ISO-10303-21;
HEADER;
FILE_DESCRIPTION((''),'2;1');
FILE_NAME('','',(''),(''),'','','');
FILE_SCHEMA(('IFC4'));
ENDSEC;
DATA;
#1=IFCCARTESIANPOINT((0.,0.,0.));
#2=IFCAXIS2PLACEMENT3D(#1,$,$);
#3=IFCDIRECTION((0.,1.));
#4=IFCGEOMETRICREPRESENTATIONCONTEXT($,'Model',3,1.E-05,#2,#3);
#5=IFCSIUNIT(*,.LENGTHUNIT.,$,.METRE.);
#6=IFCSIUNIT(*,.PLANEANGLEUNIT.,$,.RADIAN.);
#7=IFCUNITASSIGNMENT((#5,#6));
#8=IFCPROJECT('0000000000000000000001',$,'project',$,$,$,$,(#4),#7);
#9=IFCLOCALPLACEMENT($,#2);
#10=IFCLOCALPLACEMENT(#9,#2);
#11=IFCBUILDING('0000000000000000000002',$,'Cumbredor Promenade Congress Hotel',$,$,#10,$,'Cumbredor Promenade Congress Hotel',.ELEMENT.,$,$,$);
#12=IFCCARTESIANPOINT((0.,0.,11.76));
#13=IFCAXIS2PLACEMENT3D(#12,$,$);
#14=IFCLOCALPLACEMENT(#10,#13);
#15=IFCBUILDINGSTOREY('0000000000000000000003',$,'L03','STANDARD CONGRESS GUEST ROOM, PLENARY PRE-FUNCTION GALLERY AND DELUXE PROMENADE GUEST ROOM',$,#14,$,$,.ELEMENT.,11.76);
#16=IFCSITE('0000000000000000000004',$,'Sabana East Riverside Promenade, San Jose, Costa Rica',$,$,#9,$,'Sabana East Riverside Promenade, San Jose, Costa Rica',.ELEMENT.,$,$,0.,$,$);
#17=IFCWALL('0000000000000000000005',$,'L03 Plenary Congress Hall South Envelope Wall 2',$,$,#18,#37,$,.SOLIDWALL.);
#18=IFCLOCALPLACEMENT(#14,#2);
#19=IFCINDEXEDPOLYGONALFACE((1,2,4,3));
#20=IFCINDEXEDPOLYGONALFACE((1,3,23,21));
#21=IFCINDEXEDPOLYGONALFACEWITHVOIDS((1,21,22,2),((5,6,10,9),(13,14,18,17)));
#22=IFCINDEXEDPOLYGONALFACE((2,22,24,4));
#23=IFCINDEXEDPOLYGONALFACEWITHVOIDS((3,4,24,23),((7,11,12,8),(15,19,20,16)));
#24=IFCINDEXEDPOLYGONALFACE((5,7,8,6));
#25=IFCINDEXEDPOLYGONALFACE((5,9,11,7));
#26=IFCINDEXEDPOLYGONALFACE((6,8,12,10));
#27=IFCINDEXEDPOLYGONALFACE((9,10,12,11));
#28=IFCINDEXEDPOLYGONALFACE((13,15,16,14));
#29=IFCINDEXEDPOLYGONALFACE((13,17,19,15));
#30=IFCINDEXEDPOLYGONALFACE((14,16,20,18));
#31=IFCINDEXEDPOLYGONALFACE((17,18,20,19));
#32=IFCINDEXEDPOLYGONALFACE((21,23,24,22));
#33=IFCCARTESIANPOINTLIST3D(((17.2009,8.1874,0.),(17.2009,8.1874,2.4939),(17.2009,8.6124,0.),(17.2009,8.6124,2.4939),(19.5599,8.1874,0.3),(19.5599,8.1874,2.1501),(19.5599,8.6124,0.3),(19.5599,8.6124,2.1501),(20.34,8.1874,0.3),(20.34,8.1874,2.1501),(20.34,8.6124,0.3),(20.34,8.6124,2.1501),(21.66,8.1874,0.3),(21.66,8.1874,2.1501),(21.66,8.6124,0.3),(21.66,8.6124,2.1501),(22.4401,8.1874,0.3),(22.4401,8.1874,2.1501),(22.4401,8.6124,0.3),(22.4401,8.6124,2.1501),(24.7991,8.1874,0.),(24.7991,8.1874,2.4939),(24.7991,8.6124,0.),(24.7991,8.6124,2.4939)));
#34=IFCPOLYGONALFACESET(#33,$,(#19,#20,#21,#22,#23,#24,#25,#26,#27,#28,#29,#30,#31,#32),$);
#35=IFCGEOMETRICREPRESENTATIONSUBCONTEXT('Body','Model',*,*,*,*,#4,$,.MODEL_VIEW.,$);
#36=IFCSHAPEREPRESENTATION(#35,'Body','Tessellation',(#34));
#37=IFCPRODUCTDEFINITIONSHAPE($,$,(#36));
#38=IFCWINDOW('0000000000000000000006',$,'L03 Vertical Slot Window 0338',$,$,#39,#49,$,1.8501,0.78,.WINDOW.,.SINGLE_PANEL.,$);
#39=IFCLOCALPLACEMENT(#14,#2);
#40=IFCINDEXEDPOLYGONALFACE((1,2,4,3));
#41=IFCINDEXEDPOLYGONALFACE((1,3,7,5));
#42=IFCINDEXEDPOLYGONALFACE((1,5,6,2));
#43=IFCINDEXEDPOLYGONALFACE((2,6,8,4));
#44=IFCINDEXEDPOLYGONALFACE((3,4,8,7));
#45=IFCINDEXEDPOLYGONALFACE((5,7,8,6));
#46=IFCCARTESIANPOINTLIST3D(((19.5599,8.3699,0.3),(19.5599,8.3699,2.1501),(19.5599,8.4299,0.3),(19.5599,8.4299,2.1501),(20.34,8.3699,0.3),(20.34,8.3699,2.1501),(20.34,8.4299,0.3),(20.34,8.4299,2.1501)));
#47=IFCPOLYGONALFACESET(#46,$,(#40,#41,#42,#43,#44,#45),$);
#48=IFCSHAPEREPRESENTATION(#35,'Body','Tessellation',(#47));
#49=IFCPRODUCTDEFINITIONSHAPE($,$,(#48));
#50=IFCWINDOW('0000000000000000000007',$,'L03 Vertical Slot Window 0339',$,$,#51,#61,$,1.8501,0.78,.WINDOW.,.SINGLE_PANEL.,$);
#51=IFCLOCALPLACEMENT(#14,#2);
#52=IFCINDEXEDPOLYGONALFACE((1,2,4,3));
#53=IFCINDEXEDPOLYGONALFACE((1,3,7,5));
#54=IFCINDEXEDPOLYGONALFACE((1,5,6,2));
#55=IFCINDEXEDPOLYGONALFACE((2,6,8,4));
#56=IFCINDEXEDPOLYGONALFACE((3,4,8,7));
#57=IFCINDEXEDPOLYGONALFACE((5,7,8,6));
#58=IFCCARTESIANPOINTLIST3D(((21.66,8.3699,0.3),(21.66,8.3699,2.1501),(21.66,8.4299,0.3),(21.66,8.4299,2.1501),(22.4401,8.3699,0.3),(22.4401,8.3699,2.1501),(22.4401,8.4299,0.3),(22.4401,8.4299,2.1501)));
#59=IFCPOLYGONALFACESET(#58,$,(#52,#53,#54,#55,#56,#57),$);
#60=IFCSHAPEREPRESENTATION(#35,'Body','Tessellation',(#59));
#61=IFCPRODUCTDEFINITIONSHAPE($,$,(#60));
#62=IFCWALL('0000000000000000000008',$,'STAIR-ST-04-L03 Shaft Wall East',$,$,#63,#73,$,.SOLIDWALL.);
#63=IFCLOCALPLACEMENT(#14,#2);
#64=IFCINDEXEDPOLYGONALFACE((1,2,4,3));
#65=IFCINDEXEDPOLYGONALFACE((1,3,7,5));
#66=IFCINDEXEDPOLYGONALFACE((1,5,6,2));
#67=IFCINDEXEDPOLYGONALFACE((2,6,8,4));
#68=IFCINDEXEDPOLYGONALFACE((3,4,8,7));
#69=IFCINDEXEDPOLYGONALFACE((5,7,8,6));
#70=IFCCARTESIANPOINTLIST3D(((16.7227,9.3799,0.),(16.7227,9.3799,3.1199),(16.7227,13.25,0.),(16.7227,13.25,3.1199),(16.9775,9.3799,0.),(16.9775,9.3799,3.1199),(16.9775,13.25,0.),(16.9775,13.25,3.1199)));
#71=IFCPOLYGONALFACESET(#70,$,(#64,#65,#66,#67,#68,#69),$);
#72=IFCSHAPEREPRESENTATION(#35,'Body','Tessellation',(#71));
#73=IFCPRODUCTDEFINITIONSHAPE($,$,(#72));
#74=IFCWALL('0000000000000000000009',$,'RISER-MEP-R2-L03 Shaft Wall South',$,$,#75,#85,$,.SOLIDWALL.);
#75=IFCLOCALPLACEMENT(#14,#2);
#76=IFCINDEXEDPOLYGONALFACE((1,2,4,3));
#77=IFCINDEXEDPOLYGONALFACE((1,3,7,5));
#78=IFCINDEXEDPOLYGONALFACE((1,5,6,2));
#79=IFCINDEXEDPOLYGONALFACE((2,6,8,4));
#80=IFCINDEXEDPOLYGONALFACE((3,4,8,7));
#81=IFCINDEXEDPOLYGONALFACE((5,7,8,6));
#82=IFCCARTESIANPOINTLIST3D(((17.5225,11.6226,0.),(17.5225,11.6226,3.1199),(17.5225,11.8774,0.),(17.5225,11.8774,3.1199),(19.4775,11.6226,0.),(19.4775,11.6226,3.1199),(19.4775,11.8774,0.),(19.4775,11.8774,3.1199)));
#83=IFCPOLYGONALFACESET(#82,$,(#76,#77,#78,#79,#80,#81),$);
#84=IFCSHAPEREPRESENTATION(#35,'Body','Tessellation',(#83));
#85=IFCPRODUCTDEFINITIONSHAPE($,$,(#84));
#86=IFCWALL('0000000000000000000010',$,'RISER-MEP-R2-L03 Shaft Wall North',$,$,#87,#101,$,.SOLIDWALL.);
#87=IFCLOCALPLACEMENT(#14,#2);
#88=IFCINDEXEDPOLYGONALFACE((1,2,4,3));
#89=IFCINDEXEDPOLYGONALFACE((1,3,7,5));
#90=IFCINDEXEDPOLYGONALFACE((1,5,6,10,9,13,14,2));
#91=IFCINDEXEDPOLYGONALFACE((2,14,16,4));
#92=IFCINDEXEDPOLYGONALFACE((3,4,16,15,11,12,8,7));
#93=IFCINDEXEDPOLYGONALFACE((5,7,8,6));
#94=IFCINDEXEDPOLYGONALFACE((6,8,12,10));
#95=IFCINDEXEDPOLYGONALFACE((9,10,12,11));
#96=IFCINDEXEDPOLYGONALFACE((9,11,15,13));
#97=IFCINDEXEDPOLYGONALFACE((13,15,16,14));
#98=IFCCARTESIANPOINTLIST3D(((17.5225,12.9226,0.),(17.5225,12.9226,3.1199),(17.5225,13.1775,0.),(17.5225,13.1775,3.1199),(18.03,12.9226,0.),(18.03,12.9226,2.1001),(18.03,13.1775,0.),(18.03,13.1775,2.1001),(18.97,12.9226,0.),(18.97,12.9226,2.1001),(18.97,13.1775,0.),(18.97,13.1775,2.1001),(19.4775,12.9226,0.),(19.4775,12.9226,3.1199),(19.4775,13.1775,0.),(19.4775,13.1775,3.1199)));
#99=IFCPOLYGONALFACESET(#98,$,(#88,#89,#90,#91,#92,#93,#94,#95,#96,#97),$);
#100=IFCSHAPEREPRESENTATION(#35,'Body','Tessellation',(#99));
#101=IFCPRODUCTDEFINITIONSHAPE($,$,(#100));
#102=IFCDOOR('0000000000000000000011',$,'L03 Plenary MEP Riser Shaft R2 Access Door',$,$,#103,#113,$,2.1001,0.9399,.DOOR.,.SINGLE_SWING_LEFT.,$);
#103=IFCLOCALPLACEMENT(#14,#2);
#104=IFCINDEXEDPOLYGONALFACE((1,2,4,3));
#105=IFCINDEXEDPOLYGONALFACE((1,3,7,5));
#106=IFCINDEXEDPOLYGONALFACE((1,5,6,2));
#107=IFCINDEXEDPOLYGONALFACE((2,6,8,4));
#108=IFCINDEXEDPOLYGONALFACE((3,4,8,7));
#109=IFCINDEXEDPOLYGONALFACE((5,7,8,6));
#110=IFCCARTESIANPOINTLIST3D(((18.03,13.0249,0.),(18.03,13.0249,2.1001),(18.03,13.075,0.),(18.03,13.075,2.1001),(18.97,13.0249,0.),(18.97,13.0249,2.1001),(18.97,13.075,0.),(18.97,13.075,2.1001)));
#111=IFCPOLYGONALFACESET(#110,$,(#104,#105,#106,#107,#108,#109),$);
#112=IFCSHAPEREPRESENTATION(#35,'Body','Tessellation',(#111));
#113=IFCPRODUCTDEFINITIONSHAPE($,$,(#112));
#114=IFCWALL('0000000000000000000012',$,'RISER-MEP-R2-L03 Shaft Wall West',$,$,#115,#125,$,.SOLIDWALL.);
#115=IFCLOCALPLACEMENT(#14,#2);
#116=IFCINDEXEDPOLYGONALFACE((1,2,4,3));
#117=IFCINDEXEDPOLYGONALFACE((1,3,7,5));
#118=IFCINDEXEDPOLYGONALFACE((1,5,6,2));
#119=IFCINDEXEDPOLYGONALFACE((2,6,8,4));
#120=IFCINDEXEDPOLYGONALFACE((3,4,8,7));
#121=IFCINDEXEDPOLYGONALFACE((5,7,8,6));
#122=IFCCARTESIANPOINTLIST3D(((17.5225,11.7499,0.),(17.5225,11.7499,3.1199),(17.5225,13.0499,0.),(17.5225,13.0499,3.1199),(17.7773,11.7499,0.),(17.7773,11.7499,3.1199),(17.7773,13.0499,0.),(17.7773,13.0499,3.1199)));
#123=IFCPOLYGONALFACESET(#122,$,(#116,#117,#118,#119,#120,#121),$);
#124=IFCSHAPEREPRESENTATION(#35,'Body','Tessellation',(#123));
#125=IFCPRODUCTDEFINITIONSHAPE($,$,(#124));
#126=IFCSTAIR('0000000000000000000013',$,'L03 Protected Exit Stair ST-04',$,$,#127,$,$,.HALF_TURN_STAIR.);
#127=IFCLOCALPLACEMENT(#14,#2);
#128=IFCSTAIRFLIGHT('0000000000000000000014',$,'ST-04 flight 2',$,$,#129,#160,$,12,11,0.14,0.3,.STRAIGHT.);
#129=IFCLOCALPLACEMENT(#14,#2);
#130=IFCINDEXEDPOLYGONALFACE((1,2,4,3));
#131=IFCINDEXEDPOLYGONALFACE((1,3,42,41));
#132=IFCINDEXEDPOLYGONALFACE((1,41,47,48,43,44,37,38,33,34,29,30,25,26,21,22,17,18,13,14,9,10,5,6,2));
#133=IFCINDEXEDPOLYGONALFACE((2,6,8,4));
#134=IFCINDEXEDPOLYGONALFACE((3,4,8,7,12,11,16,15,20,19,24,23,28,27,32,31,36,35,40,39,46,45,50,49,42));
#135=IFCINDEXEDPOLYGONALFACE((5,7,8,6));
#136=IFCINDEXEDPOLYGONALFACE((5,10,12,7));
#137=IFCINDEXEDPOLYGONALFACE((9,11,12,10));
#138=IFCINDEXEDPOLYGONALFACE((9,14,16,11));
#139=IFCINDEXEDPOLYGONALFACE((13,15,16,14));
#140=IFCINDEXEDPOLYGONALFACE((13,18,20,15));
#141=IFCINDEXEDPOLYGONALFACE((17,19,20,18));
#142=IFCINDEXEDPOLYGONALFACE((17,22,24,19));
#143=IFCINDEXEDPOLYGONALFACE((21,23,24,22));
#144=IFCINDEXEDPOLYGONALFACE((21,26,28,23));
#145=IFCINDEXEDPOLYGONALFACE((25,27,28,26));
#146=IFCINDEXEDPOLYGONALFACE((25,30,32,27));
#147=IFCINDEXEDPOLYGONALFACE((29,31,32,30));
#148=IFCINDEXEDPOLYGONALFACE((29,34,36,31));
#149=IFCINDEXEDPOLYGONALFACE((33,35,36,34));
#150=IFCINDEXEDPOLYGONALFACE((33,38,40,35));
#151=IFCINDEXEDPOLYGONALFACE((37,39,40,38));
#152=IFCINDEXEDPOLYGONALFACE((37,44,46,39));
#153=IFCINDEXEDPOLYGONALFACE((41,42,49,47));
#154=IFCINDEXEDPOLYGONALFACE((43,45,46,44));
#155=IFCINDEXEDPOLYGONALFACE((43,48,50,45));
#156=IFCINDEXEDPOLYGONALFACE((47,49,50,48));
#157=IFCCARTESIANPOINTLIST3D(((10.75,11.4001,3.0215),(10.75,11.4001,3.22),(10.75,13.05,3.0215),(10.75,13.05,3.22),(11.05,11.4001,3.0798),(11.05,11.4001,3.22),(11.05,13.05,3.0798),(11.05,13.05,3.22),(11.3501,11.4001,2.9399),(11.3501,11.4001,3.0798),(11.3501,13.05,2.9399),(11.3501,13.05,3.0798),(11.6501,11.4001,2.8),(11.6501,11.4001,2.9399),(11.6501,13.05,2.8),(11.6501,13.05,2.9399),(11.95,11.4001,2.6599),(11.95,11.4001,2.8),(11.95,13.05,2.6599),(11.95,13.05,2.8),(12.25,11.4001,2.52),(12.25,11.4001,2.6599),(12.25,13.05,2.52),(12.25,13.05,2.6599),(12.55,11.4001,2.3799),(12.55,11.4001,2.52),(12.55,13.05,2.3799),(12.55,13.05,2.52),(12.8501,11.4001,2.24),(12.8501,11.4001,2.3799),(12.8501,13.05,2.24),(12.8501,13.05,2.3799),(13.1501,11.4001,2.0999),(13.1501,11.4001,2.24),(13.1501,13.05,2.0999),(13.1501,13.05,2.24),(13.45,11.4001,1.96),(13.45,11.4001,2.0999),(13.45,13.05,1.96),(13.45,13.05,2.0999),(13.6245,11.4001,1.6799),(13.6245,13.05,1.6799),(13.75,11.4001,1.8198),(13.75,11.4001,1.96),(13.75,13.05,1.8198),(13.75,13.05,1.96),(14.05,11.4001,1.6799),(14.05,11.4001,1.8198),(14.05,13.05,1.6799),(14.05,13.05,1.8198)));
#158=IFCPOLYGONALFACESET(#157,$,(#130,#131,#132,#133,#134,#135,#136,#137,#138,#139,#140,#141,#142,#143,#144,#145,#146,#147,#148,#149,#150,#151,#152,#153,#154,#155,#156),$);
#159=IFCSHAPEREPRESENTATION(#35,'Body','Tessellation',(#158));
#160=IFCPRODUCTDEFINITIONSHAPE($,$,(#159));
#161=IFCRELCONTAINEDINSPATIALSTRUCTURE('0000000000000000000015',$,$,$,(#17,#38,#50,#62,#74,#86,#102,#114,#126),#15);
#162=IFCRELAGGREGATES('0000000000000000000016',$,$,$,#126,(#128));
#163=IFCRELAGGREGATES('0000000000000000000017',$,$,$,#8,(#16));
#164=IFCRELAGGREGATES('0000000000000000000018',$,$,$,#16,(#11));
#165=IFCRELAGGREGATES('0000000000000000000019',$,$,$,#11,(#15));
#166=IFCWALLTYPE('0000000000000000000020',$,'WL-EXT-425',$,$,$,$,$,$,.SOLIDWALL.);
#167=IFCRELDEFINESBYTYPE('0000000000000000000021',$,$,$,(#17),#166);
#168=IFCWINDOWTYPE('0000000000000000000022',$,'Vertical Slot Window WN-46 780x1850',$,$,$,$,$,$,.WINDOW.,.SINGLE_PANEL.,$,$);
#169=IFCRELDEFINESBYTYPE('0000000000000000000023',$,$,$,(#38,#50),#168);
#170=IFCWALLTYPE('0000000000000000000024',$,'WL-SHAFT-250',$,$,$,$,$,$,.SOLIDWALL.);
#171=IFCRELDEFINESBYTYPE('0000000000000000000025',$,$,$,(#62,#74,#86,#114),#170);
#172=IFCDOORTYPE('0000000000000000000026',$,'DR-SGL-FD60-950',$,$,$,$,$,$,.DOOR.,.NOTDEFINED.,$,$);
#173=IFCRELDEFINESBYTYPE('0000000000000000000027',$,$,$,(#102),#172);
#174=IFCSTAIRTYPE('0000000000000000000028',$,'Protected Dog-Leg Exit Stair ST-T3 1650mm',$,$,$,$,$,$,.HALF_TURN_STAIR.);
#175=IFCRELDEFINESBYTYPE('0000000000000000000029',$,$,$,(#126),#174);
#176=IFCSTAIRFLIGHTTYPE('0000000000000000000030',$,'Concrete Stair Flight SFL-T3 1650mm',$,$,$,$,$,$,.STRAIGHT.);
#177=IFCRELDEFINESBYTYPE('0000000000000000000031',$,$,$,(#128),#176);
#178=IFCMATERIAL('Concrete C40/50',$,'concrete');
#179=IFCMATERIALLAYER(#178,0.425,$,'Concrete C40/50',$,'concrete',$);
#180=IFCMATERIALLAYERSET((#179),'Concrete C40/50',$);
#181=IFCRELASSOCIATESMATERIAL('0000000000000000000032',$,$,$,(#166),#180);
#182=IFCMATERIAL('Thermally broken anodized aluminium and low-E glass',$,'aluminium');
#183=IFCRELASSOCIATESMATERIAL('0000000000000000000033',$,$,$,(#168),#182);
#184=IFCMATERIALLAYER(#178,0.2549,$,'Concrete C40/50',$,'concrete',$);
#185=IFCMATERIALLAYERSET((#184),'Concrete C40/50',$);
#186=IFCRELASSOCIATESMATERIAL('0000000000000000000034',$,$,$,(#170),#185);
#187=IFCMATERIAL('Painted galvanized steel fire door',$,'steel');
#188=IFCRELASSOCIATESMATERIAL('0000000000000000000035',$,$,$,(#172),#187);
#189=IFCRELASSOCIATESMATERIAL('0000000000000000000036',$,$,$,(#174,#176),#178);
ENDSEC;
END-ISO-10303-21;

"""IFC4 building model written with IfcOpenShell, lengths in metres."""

from ifc_helpers import new_model, si_unit, direction, frame, frame_2d, origin, place, context, subcontext, project, spatial, polyline, rectangle, outline, extrude, material, layer, layer_set, type_object, element, fill, aggregate, save


model = new_model("IFC4")

# Units and contexts
model_context = context("Model", 3, precision=1e-05, world=origin(), true_north=direction((0.0, 1.0)))
body_context = subcontext(model_context, "Body", "Model", "MODEL_VIEW")
ifc_project = project(units=[si_unit("LENGTHUNIT", "METRE"), si_unit("PLANEANGLEUNIT", "RADIAN")], contexts=[model_context])

# Site, building, storey
site_placement = place(None, origin())
site = spatial("IfcSite", under=ifc_project, at=site_placement, Name="Sabana East Riverside Promenade, San Jose, Costa Rica", LongName="Sabana East Riverside Promenade, San Jose, Costa Rica", CompositionType="ELEMENT", RefElevation=0.0)
building_placement = place(site_placement, origin())
building = spatial("IfcBuilding", under=site, at=building_placement, Name="Cumbredor Promenade Congress Hotel", LongName="Cumbredor Promenade Congress Hotel", CompositionType="ELEMENT")
storey_placement = place(building_placement, frame((0.0, 0.0, 11.76)))
storey = spatial("IfcBuildingStorey", under=building, at=storey_placement, Name="L03", Description="STANDARD CONGRESS GUEST ROOM, PLENARY PRE-FUNCTION GALLERY AND DELUXE PROMENADE GUEST ROOM", CompositionType="ELEMENT", Elevation=11.76)

# Shared definitions
ifc_material_1 = material(Name="Concrete C40/50", Category="concrete")

# Shared definitions
ifc_material_2 = material(Name="Thermally broken anodized aluminium and low-E glass", Category="aluminium")

# Wall, openings, windows
ifc_layer_1 = layer(ifc_material_1, 0.425, Name="Concrete C40/50", Category="concrete")
ifc_layer_set_1 = layer_set([ifc_layer_1], Name="Concrete C40/50")
wall_type_1 = type_object("IfcWallType", Name="WL-EXT-425", PredefinedType="SOLIDWALL", material=ifc_layer_set_1)
wall_1_placement = place(storey_placement, frame((17.2009, 8.3999, 0.0), z_axis=(0.0, 0.0, 1.0), x_axis=(1.0, 0.0, 0.0)))
wall_1 = element("IfcWall", 1, at=wall_1_placement, inside=storey, type_object=wall_type_1, Name="L03 Plenary Congress Hall South Envelope Wall 2", PredefinedType="SOLIDWALL", context=body_context, shape_type="SweptSolid", body=[
    extrude(rectangle(XDim=7.5981, YDim=0.425, at=frame_2d((3.7991, 0.0))), origin(), (0.0, 0.0, 1.0), 2.4939),
])
opening_1_placement = place(wall_1_placement, frame((2.3589, 0.0, 0.3)))
opening_1 = element("IfcOpeningElement", 2, at=opening_1_placement, cuts=wall_1, PredefinedType="OPENING", context=body_context, shape_type="SweptSolid", body=[
    extrude(rectangle(XDim=0.78, YDim=1.8501, at=frame_2d((0.3901, 0.925))), frame((0.0, 0.2227, 0.0), z_axis=(0.0, -1.0, 0.0), x_axis=(1.0, 0.0, 0.0)), (0.0, 0.0, 1.0), 0.4451),
])
opening_2_placement = place(wall_1_placement, frame((4.459, 0.0, 0.3)))
opening_2 = element("IfcOpeningElement", 3, at=opening_2_placement, cuts=wall_1, PredefinedType="OPENING", context=body_context, shape_type="SweptSolid", body=[
    extrude(rectangle(XDim=0.78, YDim=1.8501, at=frame_2d((0.3901, 0.925))), frame((0.0, 0.2227, 0.0), z_axis=(0.0, -1.0, 0.0), x_axis=(1.0, 0.0, 0.0)), (0.0, 0.0, 1.0), 0.4451),
])
window_type = type_object("IfcWindowType", Name="Vertical Slot Window WN-46 780x1850", PartitioningType="SINGLE_PANEL", PredefinedType="WINDOW", material=ifc_material_2)
window_1_placement = place(opening_1_placement, origin())
window_1 = element("IfcWindow", 4, at=window_1_placement, inside=storey, type_object=window_type, Name="L03 Vertical Slot Window 0338", OverallHeight=1.8501, OverallWidth=0.78, PartitioningType="SINGLE_PANEL", PredefinedType="WINDOW", context=body_context, shape_type="SweptSolid", body=[
    extrude(rectangle(XDim=0.78, YDim=1.8501, at=frame_2d((0.3901, 0.925))), frame((0.0, 0.03, 0.0), z_axis=(0.0, -1.0, 0.0), x_axis=(1.0, 0.0, 0.0)), (0.0, 0.0, 1.0), 0.0601),
])
fill(opening_1, window_1)
window_2_placement = place(opening_2_placement, origin())
window_2 = element("IfcWindow", 5, at=window_2_placement, inside=storey, type_object=window_type, Name="L03 Vertical Slot Window 0339", OverallHeight=1.8501, OverallWidth=0.78, PartitioningType="SINGLE_PANEL", PredefinedType="WINDOW", context=body_context, shape_type="SweptSolid", body=[
    extrude(rectangle(XDim=0.78, YDim=1.8501, at=frame_2d((0.3901, 0.925))), frame((0.0, 0.03, 0.0), z_axis=(0.0, -1.0, 0.0), x_axis=(1.0, 0.0, 0.0)), (0.0, 0.0, 1.0), 0.0601),
])
fill(opening_2, window_2)

# Walls
ifc_layer_2 = layer(ifc_material_1, 0.2549, Name="Concrete C40/50", Category="concrete")
ifc_layer_set_2 = layer_set([ifc_layer_2], Name="Concrete C40/50")
wall_type_2 = type_object("IfcWallType", Name="WL-SHAFT-250", PredefinedType="SOLIDWALL", material=ifc_layer_set_2)
wall_2_placement = place(storey_placement, frame((16.8501, 9.3799, 0.0), z_axis=(0.0, 0.0, 1.0), x_axis=(0.0, 1.0, 0.0)))
element("IfcWall", 6, at=wall_2_placement, inside=storey, type_object=wall_type_2, Name="STAIR-ST-04-L03 Shaft Wall East", PredefinedType="SOLIDWALL", context=body_context, shape_type="SweptSolid", body=[
    extrude(rectangle(XDim=3.8701, YDim=0.2549, at=frame_2d((1.9351, 0.0))), origin(), (0.0, 0.0, 1.0), 3.1199),
])
wall_3_placement = place(storey_placement, frame((17.5225, 11.75, 0.0), z_axis=(0.0, 0.0, 1.0), x_axis=(1.0, 0.0, 0.0)))
element("IfcWall", 7, at=wall_3_placement, inside=storey, type_object=wall_type_2, Name="RISER-MEP-R2-L03 Shaft Wall South", PredefinedType="SOLIDWALL", context=body_context, shape_type="SweptSolid", body=[
    extrude(rectangle(XDim=1.9551, YDim=0.2549, at=frame_2d((0.9775, 0.0))), origin(), (0.0, 0.0, 1.0), 3.1199),
])

# Wall, opening, door
wall_4_placement = place(storey_placement, frame((17.5225, 13.05, 0.0), z_axis=(0.0, 0.0, 1.0), x_axis=(1.0, 0.0, 0.0)))
wall_4 = element("IfcWall", 8, at=wall_4_placement, inside=storey, type_object=wall_type_2, Name="RISER-MEP-R2-L03 Shaft Wall North", PredefinedType="SOLIDWALL", context=body_context, shape_type="SweptSolid", body=[
    extrude(rectangle(XDim=1.9551, YDim=0.2549, at=frame_2d((0.9775, 0.0))), origin(), (0.0, 0.0, 1.0), 3.1199),
])
opening_3_placement = place(wall_4_placement, frame((0.5076, 0.0, 0.0)))
opening_3 = element("IfcOpeningElement", 9, at=opening_3_placement, cuts=wall_4, PredefinedType="OPENING", context=body_context, shape_type="SweptSolid", body=[
    extrude(rectangle(XDim=0.9399, YDim=2.1001, at=frame_2d((0.47, 1.05))), frame((0.0, 0.1375, 0.0), z_axis=(0.0, -1.0, 0.0), x_axis=(1.0, 0.0, 0.0)), (0.0, 0.0, 1.0), 0.2749),
])
ifc_material_3 = material(Name="Painted galvanized steel fire door", Category="steel")
door_type = type_object("IfcDoorType", Name="DR-SGL-FD60-950", OperationType="NOTDEFINED", PredefinedType="DOOR", material=ifc_material_3)
door_placement = place(opening_3_placement, origin())
door = element("IfcDoor", 10, at=door_placement, inside=storey, type_object=door_type, Name="L03 Plenary MEP Riser Shaft R2 Access Door", OperationType="SINGLE_SWING_LEFT", OverallHeight=2.1001, OverallWidth=0.9399, PredefinedType="DOOR", context=body_context, shape_type="SweptSolid", body=[
    extrude(rectangle(XDim=0.9399, YDim=2.1001, at=frame_2d((0.47, 1.05))), frame((0.0, 0.0249, 0.0), z_axis=(0.0, -1.0, 0.0), x_axis=(1.0, 0.0, 0.0)), (0.0, 0.0, 1.0), 0.05),
])
fill(opening_3, door)

# Wall
wall_5_placement = place(storey_placement, frame((17.6499, 11.75, 0.0), z_axis=(0.0, 0.0, 1.0), x_axis=(0.0, 1.0, 0.0)))
element("IfcWall", 11, at=wall_5_placement, inside=storey, type_object=wall_type_2, Name="RISER-MEP-R2-L03 Shaft Wall West", PredefinedType="SOLIDWALL", context=body_context, shape_type="SweptSolid", body=[
    extrude(rectangle(XDim=1.3, YDim=0.2549, at=frame_2d((0.6499, 0.0))), origin(), (0.0, 0.0, 1.0), 3.1199),
])

# Stair, stair flight
stair_type = type_object("IfcStairType", Name="Protected Dog-Leg Exit Stair ST-T3 1650mm", PredefinedType="HALF_TURN_STAIR", material=ifc_material_1)
stair_placement = place(storey_placement, origin())
stair = element("IfcStair", 12, at=stair_placement, inside=storey, type_object=stair_type, Name="L03 Protected Exit Stair ST-04", PredefinedType="HALF_TURN_STAIR")
stair_flight_type = type_object("IfcStairFlightType", Name="Concrete Stair Flight SFL-T3 1650mm", PredefinedType="STRAIGHT", material=ifc_material_1)
stair_flight_placement = place(storey_placement, frame((14.05, 12.2251, 1.6799), z_axis=(0.0, 0.0, 1.0), x_axis=(-1.0, 0.0, 0.0)))
stair_flight = element("IfcStairFlight", 13, at=stair_flight_placement, type_object=stair_flight_type, Name="ST-04 flight 2", NumberOfRisers=12, NumberOfTreads=11, PredefinedType="STRAIGHT", RiserHeight=0.14, TreadLength=0.3, context=body_context, shape_type="SweptSolid", body=[
    extrude(outline(polyline([(0.0, 0.0), (0.0, 0.1399), (0.3, 0.1399), (0.3, 0.28), (0.6001, 0.28), (0.6001, 0.4199), (0.8999, 0.4199), (0.8999, 0.5601), (1.2, 0.5601), (1.2, 0.7), (1.5, 0.7), (1.5, 0.8401), (1.8, 0.8401), (1.8, 0.98), (2.1001, 0.98), (2.1001, 1.1201), (2.3999, 1.1201), (2.3999, 1.26), (2.7, 1.26), (2.7, 1.3999), (3.0, 1.3999), (3.0, 1.54), (3.3, 1.54), (3.3, 1.6799), (3.3, 1.3416), (0.4255, 0.0), (0.0, 0.0)])), frame((0.0, 0.825, 0.0), z_axis=(0.0, -1.0, 0.0), x_axis=(1.0, 0.0, 0.0)), (0.0, 0.0, 1.0), 1.6499),
])
aggregate(stair, [stair_flight])

save(model, "model.ifc")
